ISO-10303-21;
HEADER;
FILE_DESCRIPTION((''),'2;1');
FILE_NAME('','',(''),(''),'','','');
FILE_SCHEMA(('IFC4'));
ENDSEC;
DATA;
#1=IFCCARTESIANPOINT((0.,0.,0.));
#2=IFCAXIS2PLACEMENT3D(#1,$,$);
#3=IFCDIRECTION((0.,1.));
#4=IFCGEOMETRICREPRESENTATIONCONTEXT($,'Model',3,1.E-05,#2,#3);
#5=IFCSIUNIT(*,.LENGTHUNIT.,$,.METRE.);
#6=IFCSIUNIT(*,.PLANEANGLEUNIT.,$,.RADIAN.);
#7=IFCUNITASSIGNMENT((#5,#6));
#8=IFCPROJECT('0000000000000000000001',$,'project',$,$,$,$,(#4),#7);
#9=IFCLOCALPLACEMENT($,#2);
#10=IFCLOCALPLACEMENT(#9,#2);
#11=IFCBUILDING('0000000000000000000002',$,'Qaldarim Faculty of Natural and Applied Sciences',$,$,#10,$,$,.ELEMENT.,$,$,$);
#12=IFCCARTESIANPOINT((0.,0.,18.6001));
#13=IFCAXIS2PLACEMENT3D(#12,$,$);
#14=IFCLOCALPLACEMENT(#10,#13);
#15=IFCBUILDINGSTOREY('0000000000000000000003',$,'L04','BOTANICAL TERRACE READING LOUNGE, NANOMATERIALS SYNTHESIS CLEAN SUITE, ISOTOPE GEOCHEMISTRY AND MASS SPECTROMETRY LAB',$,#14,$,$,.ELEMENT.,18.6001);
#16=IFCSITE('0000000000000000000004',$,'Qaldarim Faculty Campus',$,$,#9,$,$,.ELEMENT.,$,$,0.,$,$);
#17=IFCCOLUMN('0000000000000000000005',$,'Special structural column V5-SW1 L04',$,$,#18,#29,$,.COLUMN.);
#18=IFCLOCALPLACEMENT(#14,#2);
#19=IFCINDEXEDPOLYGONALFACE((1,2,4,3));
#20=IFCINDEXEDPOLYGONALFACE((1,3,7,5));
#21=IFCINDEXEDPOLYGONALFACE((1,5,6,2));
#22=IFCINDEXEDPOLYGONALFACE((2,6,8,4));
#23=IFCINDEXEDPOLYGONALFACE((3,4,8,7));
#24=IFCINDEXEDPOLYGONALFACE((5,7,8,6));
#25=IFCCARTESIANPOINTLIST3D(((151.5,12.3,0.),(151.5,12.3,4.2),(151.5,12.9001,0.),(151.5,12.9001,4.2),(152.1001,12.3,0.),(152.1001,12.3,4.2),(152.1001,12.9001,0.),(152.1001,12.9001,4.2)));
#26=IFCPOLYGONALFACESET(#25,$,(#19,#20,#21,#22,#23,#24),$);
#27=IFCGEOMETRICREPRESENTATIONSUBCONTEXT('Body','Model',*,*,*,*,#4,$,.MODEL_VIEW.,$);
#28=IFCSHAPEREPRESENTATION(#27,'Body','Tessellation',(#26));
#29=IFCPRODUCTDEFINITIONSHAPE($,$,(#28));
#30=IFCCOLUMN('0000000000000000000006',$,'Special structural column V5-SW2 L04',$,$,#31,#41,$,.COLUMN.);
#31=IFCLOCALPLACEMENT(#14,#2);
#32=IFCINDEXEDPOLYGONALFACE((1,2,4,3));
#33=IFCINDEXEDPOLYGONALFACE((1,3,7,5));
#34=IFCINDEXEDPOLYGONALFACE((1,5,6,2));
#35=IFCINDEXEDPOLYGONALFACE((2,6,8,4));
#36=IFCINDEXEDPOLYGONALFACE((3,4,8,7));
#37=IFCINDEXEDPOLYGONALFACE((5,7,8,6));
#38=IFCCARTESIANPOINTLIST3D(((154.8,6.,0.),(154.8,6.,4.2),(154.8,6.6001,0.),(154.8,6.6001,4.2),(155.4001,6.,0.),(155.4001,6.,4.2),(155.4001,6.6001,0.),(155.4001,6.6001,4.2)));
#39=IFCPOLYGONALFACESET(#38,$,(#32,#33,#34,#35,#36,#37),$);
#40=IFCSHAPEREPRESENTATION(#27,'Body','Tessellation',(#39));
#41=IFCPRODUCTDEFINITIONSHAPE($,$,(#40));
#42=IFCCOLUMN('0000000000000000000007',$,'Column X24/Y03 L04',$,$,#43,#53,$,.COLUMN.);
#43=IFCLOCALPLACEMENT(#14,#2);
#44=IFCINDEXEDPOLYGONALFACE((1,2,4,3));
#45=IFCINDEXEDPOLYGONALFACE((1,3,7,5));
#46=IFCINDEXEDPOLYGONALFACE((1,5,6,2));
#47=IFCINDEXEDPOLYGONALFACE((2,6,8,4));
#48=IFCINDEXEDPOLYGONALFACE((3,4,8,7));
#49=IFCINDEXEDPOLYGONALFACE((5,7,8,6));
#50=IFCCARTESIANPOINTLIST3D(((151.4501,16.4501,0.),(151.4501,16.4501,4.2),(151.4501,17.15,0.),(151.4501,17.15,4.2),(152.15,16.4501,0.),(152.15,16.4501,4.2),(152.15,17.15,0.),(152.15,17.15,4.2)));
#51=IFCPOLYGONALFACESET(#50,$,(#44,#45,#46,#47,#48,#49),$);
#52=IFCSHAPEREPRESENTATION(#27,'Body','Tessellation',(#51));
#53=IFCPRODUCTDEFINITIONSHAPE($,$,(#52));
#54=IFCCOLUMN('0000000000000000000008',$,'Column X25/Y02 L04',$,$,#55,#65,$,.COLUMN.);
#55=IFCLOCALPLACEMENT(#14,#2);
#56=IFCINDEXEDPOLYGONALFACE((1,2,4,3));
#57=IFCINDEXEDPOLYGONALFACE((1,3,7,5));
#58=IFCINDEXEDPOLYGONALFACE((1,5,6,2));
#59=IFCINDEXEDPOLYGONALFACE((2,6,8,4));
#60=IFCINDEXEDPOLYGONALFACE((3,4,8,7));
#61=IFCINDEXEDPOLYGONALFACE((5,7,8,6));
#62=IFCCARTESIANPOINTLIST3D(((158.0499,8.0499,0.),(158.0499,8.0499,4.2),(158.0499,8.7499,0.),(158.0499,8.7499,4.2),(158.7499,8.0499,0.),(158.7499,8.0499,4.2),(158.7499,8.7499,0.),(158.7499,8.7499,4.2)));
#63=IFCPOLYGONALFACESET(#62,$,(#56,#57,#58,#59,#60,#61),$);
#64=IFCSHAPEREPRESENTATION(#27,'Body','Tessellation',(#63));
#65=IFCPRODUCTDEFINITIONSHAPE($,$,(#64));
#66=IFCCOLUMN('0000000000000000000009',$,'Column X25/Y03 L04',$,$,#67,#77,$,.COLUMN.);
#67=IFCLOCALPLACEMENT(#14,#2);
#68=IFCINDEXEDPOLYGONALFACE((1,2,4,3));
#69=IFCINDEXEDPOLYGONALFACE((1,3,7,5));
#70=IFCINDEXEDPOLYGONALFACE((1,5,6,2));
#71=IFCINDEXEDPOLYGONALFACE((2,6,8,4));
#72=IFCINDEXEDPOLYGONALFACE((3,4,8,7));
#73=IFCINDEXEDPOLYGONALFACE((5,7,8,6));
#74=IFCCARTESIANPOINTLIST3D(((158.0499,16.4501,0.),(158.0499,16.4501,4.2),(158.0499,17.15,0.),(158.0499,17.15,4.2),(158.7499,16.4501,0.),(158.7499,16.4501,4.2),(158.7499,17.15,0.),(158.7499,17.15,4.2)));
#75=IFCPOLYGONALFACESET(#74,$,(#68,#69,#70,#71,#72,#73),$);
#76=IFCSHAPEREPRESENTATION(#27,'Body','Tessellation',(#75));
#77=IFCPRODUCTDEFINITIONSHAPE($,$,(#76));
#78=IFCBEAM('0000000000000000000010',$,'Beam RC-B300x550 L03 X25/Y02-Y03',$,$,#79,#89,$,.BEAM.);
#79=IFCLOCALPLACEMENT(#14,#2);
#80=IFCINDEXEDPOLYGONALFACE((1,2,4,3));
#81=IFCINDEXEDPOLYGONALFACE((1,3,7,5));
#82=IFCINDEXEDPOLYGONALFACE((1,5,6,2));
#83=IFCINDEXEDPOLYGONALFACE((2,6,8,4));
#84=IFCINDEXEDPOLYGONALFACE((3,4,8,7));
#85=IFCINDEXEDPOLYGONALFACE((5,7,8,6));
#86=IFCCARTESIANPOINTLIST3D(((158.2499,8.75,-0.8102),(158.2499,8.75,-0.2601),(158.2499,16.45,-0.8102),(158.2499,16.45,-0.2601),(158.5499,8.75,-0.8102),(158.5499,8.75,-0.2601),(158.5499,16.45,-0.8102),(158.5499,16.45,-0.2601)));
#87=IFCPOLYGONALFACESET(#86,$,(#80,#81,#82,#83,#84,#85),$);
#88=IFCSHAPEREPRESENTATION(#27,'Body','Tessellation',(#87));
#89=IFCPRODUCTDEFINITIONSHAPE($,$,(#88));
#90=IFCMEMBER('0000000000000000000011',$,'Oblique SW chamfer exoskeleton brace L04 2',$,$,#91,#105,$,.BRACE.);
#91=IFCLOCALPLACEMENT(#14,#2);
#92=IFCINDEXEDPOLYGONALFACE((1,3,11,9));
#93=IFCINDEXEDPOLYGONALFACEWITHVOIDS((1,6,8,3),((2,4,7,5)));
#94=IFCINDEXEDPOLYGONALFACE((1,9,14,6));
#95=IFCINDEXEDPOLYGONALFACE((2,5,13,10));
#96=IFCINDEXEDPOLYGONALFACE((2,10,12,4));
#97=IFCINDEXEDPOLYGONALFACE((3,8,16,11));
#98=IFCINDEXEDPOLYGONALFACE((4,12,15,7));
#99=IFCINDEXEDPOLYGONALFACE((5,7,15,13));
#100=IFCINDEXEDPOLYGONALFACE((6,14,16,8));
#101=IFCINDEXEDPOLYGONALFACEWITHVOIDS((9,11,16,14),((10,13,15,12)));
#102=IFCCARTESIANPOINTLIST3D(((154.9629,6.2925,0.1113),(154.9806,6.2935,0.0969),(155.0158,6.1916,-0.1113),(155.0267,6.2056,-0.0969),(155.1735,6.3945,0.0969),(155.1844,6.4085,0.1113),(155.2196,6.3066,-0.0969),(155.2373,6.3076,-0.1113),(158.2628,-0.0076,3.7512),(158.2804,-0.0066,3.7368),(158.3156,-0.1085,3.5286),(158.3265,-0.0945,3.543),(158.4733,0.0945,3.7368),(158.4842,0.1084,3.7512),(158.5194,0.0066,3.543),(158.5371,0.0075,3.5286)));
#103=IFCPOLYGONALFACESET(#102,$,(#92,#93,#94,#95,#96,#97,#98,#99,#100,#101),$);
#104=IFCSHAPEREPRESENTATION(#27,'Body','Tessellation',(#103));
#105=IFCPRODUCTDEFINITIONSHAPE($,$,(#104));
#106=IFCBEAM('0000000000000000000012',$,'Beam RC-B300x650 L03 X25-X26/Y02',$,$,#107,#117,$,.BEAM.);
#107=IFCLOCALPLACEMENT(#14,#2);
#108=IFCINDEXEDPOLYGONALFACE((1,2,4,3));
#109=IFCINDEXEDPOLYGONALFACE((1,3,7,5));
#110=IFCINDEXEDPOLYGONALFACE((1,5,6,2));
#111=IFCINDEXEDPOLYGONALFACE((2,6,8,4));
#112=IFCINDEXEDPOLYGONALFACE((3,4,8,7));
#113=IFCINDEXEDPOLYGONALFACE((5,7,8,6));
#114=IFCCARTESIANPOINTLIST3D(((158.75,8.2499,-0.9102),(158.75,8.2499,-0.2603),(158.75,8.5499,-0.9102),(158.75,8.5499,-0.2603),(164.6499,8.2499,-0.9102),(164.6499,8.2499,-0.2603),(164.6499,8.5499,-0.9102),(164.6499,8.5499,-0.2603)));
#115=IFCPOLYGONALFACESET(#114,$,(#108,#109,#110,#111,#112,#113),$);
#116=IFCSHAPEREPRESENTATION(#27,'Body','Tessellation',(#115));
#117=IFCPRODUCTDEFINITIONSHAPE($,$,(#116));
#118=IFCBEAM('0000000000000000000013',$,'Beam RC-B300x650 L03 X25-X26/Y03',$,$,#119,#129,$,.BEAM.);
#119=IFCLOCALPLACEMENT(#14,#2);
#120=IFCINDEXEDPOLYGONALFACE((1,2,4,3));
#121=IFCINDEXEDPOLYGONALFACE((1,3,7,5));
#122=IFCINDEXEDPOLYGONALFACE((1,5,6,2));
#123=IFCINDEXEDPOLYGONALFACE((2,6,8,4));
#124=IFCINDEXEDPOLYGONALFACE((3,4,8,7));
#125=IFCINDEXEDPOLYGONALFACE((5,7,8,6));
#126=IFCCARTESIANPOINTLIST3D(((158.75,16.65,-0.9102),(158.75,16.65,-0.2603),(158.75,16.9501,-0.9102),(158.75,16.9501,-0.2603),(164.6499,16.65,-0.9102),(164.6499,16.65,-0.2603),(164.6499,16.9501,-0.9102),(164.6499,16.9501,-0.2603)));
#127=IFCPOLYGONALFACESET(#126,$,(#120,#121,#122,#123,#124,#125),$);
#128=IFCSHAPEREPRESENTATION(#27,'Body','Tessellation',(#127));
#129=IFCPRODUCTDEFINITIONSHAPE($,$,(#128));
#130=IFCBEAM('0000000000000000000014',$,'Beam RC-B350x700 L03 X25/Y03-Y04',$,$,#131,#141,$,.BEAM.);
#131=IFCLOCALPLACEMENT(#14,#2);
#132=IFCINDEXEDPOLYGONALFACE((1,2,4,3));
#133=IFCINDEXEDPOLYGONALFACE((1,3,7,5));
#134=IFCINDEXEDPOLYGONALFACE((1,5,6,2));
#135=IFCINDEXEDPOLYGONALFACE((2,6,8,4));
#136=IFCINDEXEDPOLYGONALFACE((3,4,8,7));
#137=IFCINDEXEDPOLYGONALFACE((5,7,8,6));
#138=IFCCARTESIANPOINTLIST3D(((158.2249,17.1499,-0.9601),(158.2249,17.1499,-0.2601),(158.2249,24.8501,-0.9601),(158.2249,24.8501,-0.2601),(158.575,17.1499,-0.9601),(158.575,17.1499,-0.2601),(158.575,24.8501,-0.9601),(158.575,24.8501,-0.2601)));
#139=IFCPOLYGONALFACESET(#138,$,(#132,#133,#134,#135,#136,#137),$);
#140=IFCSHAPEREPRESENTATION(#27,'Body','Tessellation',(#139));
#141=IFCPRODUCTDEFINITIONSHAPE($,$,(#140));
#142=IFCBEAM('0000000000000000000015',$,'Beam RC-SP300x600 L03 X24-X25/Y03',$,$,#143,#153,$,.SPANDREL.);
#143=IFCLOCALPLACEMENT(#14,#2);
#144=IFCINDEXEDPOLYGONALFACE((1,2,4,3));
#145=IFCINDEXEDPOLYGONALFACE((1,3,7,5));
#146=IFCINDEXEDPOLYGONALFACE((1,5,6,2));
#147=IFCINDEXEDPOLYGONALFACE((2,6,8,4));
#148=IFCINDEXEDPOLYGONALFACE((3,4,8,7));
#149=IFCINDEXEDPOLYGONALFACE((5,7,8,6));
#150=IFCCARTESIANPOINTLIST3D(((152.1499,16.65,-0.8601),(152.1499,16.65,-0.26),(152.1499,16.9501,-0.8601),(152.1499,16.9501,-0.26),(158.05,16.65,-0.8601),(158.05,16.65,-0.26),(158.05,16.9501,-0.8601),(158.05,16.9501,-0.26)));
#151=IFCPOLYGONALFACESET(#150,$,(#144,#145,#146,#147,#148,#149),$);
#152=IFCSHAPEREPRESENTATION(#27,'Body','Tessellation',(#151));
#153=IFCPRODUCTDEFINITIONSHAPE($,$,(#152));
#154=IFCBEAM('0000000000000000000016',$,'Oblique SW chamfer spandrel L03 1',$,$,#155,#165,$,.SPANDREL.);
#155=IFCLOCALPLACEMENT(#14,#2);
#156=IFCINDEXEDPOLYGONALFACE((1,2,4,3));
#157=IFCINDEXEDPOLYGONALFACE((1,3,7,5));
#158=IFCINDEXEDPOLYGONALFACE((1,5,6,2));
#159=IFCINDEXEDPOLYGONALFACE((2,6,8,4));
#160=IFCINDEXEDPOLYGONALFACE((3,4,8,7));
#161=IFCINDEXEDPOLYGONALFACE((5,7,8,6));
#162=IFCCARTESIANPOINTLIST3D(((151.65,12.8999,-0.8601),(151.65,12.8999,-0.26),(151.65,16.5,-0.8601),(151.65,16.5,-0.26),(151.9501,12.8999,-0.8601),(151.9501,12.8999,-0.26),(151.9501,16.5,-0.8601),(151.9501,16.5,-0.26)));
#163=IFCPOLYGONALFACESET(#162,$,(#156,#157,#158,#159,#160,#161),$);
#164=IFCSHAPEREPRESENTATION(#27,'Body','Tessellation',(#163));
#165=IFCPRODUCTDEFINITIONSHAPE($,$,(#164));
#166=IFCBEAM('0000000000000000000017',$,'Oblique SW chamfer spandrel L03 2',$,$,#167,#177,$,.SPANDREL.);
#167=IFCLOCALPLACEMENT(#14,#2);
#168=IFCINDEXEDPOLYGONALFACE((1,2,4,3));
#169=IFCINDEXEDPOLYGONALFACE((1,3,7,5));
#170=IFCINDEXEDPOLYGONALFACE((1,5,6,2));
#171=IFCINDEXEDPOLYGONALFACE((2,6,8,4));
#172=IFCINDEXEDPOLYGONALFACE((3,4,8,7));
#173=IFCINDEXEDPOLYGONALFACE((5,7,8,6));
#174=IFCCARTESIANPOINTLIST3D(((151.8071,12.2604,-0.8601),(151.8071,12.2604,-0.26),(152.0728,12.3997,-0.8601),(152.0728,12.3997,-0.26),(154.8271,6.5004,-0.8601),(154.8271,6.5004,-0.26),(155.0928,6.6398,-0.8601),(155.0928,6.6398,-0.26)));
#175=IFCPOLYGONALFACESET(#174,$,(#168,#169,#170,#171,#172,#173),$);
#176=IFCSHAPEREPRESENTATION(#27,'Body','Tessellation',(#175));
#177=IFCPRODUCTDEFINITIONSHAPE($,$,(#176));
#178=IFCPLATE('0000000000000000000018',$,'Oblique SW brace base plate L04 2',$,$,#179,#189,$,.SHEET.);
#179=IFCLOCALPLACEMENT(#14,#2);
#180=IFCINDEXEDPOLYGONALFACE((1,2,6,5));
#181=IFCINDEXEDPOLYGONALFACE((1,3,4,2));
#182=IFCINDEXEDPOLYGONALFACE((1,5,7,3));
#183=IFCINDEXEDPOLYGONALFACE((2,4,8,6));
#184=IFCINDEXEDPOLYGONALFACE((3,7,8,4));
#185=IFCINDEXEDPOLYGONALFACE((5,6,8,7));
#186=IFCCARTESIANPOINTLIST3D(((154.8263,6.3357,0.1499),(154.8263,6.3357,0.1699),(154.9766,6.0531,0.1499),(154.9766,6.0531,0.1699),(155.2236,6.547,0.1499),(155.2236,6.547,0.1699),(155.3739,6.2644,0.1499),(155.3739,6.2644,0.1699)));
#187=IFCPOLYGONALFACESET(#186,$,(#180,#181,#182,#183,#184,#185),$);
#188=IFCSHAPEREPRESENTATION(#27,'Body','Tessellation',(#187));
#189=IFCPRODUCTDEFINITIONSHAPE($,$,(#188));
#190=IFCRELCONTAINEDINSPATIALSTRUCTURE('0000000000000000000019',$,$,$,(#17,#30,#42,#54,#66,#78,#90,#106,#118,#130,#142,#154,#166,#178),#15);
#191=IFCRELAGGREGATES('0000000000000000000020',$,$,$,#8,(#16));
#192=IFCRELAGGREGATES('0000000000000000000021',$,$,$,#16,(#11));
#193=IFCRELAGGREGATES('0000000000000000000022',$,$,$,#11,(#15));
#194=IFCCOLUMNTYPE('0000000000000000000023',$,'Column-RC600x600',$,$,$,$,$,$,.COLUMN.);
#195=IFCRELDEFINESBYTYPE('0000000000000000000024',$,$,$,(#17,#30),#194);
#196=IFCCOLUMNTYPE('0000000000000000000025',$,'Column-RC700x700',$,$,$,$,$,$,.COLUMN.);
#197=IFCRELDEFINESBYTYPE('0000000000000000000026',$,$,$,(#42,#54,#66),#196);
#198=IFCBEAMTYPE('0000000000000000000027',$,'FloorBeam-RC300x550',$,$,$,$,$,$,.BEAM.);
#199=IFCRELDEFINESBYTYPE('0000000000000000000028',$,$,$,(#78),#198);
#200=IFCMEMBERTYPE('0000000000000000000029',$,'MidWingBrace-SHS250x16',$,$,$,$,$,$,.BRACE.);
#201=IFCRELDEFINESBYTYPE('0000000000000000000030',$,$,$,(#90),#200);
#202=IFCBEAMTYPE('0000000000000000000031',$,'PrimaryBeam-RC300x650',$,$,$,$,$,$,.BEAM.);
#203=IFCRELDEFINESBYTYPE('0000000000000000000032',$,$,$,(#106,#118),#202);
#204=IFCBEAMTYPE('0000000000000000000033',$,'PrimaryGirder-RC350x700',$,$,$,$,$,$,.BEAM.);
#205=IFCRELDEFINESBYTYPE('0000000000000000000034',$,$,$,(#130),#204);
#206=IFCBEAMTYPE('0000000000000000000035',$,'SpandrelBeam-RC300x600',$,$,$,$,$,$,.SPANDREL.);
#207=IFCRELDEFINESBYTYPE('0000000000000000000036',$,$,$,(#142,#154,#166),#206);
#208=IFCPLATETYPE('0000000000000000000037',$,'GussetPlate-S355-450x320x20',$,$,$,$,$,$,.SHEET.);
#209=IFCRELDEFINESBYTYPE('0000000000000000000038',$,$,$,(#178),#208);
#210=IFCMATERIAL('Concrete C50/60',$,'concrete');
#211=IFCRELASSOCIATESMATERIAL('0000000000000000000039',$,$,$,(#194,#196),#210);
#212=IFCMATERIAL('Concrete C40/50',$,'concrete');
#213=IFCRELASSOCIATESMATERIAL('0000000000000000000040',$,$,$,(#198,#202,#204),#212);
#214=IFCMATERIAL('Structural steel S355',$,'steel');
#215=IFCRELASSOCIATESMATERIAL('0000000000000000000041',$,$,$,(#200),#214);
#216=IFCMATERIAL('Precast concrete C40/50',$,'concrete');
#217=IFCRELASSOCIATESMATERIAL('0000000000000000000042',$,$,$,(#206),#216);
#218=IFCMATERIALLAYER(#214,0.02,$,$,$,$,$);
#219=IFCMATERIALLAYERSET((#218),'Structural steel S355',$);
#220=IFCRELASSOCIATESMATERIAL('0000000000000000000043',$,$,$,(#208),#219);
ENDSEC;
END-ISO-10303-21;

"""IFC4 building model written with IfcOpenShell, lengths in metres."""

from ifc_helpers import new_model, si_unit, direction, frame, origin, origin_2d, place, context, subcontext, project, spatial, rectangle, hollow_rectangle, extrude, material, layer, layer_set, material_profile, profile_set, type_object, element, save


model = new_model("IFC4")

# Units and contexts
model_context = context("Model", 3, precision=1e-05, world=origin(), true_north=direction((0.0, 1.0)))
body_context = subcontext(model_context, "Body", "Model", "MODEL_VIEW")
ifc_project = project(units=[si_unit("LENGTHUNIT", "METRE"), si_unit("PLANEANGLEUNIT", "RADIAN")], contexts=[model_context])

# Site, building, storey
site_placement = place(None, origin())
site = spatial("IfcSite", under=ifc_project, at=site_placement, Name="Qaldarim Faculty Campus", CompositionType="ELEMENT", RefElevation=0.0)
building_placement = place(site_placement, origin())
building = spatial("IfcBuilding", under=site, at=building_placement, Name="Qaldarim Faculty of Natural and Applied Sciences", CompositionType="ELEMENT")
storey_placement = place(building_placement, frame((0.0, 0.0, 18.6001)))
storey = spatial("IfcBuildingStorey", under=building, at=storey_placement, Name="L04", Description="BOTANICAL TERRACE READING LOUNGE, NANOMATERIALS SYNTHESIS CLEAN SUITE, ISOTOPE GEOCHEMISTRY AND MASS SPECTROMETRY LAB", CompositionType="ELEMENT", Elevation=18.6001)

# Columns
ifc_material_1 = material(Name="Concrete C50/60", Category="concrete")
ifc_material_profile_1 = material_profile(ifc_material_1, rectangle(XDim=0.6001, YDim=0.6001, at=origin_2d()), Name="RC-C600x600")
ifc_profile_set_1 = profile_set([ifc_material_profile_1], Name="Concrete C50/60")
column_type_1 = type_object("IfcColumnType", Name="Column-RC600x600", PredefinedType="COLUMN", material=ifc_profile_set_1)
for number, where, z_axis, x_axis, name in (
    (1, (151.8, 12.6001, 0.0), (0.0, 0.0, 1.0), (1.0, 0.0, 0.0), "Special structural column V5-SW1 L04"),
    (2, (155.1001, 6.3, 0.0), (0.0, 0.0, 1.0), (1.0, 0.0, 0.0), "Special structural column V5-SW2 L04"),
):
    element("IfcColumn", number, at=place(storey_placement, frame(where, z_axis=z_axis, x_axis=x_axis)), inside=storey, type_object=column_type_1, Name=name, PredefinedType="COLUMN", context=body_context, shape_type="SweptSolid", body=[
        extrude(rectangle(XDim=0.6001, YDim=0.6001, at=origin_2d()), origin(), (0.0, 0.0, 1.0), 4.2),
    ])
ifc_material_profile_2 = material_profile(ifc_material_1, rectangle(XDim=0.7, YDim=0.7, at=origin_2d()), Name="RC-C700x700")
ifc_profile_set_2 = profile_set([ifc_material_profile_2], Name="Concrete C50/60")
column_type_2 = type_object("IfcColumnType", Name="Column-RC700x700", PredefinedType="COLUMN", material=ifc_profile_set_2)
for number, where, z_axis, x_axis, name in (
    (3, (151.8, 16.8, 0.0), (0.0, 0.0, 1.0), (1.0, 0.0, 0.0), "Column X24/Y03 L04"),
    (4, (158.3999, 8.3999, 0.0), (0.0, 0.0, 1.0), (1.0, 0.0, 0.0), "Column X25/Y02 L04"),
    (5, (158.3999, 16.8, 0.0), (0.0, 0.0, 1.0), (1.0, 0.0, 0.0), "Column X25/Y03 L04"),
):
    element("IfcColumn", number, at=place(storey_placement, frame(where, z_axis=z_axis, x_axis=x_axis)), inside=storey, type_object=column_type_2, Name=name, PredefinedType="COLUMN", context=body_context, shape_type="SweptSolid", body=[
        extrude(rectangle(XDim=0.7, YDim=0.7, at=origin_2d()), origin(), (0.0, 0.0, 1.0), 4.2),
    ])

# Beam
ifc_material_2 = material(Name="Concrete C40/50", Category="concrete")
ifc_material_profile_3 = material_profile(ifc_material_2, rectangle(XDim=0.3, YDim=0.55, at=origin_2d()), Name="RC-B300x550")
ifc_profile_set_3 = profile_set([ifc_material_profile_3], Name="Concrete C40/50")
beam_type_1 = type_object("IfcBeamType", Name="FloorBeam-RC300x550", PredefinedType="BEAM", material=ifc_profile_set_3)
beam_1_placement = place(storey_placement, frame((158.3999, 8.75, -0.5352), z_axis=(0.0, 1.0, 0.0), x_axis=(-1.0, 0.0, 0.0)))
element("IfcBeam", 6, at=beam_1_placement, inside=storey, type_object=beam_type_1, Name="Beam RC-B300x550 L03 X25/Y02-Y03", PredefinedType="BEAM", context=body_context, shape_type="SweptSolid", body=[
    extrude(rectangle(XDim=0.3, YDim=0.55, at=origin_2d()), origin(), (0.0, 0.0, 1.0), 7.7),
])

# Member
ifc_material_3 = material(Name="Structural steel S355", Category="steel")
ifc_material_profile_4 = material_profile(ifc_material_3, hollow_rectangle(XDim=0.25, YDim=0.25, WallThickness=0.0161, at=origin_2d()), Name="SHS 250x250x16.0")
ifc_profile_set_4 = profile_set([ifc_material_profile_4], Name="Structural steel S355")
member_type = type_object("IfcMemberType", Name="MidWingBrace-SHS250x16", PredefinedType="BRACE", material=ifc_profile_set_4)
member_placement = place(storey_placement, frame((155.1001, 6.3, 0.0), z_axis=(0.413031, -0.788566, 0.455599), x_axis=(0.885844, 0.463983, 0.0)))
element("IfcMember", 7, at=member_placement, inside=storey, type_object=member_type, Name="Oblique SW chamfer exoskeleton brace L04 2", PredefinedType="BRACE", context=body_context, shape_type="SweptSolid", body=[
    extrude(hollow_rectangle(XDim=0.25, YDim=0.25, WallThickness=0.0161, at=origin_2d()), origin(), (0.0, 0.0, 1.0), 7.9893),
])

# Beams
ifc_material_profile_5 = material_profile(ifc_material_2, rectangle(XDim=0.3, YDim=0.6499, at=origin_2d()), Name="RC-B300x650")
ifc_profile_set_5 = profile_set([ifc_material_profile_5], Name="Concrete C40/50")
beam_type_2 = type_object("IfcBeamType", Name="PrimaryBeam-RC300x650", PredefinedType="BEAM", material=ifc_profile_set_5)
for number, where, z_axis, x_axis, name in (
    (8, (158.75, 8.3999, -0.5852), (1.0, 0.0, 0.0), (0.0, 1.0, 0.0), "Beam RC-B300x650 L03 X25-X26/Y02"),
    (9, (158.75, 16.8, -0.5852), (1.0, 0.0, 0.0), (0.0, 1.0, 0.0), "Beam RC-B300x650 L03 X25-X26/Y03"),
):
    element("IfcBeam", number, at=place(storey_placement, frame(where, z_axis=z_axis, x_axis=x_axis)), inside=storey, type_object=beam_type_2, Name=name, PredefinedType="BEAM", context=body_context, shape_type="SweptSolid", body=[
        extrude(rectangle(XDim=0.3, YDim=0.6499, at=origin_2d()), origin(), (0.0, 0.0, 1.0), 5.8999),
    ])
ifc_material_profile_6 = material_profile(ifc_material_2, rectangle(XDim=0.3501, YDim=0.7, at=origin_2d()), Name="RC-B350x700")
ifc_profile_set_6 = profile_set([ifc_material_profile_6], Name="Concrete C40/50")
beam_type_3 = type_object("IfcBeamType", Name="PrimaryGirder-RC350x700", PredefinedType="BEAM", material=ifc_profile_set_6)
beam_2_placement = place(storey_placement, frame((158.3999, 17.1499, -0.6101), z_axis=(0.0, 1.0, 0.0), x_axis=(-1.0, 0.0, 0.0)))
element("IfcBeam", 10, at=beam_2_placement, inside=storey, type_object=beam_type_3, Name="Beam RC-B350x700 L03 X25/Y03-Y04", PredefinedType="BEAM", context=body_context, shape_type="SweptSolid", body=[
    extrude(rectangle(XDim=0.3501, YDim=0.7, at=origin_2d()), origin(), (0.0, 0.0, 1.0), 7.7002),
])
ifc_material_4 = material(Name="Precast concrete C40/50", Category="concrete")
ifc_material_profile_7 = material_profile(ifc_material_4, rectangle(XDim=0.3, YDim=0.6001, at=origin_2d()), Name="RC-SP300x600")
ifc_profile_set_7 = profile_set([ifc_material_profile_7], Name="Precast concrete C40/50")
beam_type_4 = type_object("IfcBeamType", Name="SpandrelBeam-RC300x600", PredefinedType="SPANDREL", material=ifc_profile_set_7)
beam_3_placement = place(storey_placement, frame((152.1499, 16.8, -0.5601), z_axis=(1.0, 0.0, 0.0), x_axis=(0.0, 1.0, 0.0)))
element("IfcBeam", 11, at=beam_3_placement, inside=storey, type_object=beam_type_4, Name="Beam RC-SP300x600 L03 X24-X25/Y03", PredefinedType="SPANDREL", context=body_context, shape_type="SweptSolid", body=[
    extrude(rectangle(XDim=0.3, YDim=0.6001, at=origin_2d()), origin(), (0.0, 0.0, 1.0), 5.9001),
])
beam_4_placement = place(storey_placement, frame((151.8, 16.5, -0.5601), z_axis=(0.0, -1.0, 0.0), x_axis=(1.0, 0.0, 0.0)))
element("IfcBeam", 12, at=beam_4_placement, inside=storey, type_object=beam_type_4, Name="Oblique SW chamfer spandrel L03 1", PredefinedType="SPANDREL", context=body_context, shape_type="SweptSolid", body=[
    extrude(rectangle(XDim=0.3, YDim=0.6001, at=origin_2d()), origin(), (0.0, 0.0, 1.0), 3.6001),
])
beam_5_placement = place(storey_placement, frame((151.9399, 12.3301, -0.5601), z_axis=(0.464353, -0.88565, 0.0), x_axis=(0.88565, 0.464353, 0.0)))
element("IfcBeam", 13, at=beam_5_placement, inside=storey, type_object=beam_type_4, Name="Oblique SW chamfer spandrel L03 2", PredefinedType="SPANDREL", context=body_context, shape_type="SweptSolid", body=[
    extrude(rectangle(XDim=0.3, YDim=0.6001, at=origin_2d()), origin(), (0.0, 0.0, 1.0), 6.5037),
])

# Plate
ifc_layer_1 = layer(ifc_material_3, 0.02)
ifc_layer_set_1 = layer_set([ifc_layer_1], Name="Structural steel S355")
plate_type = type_object("IfcPlateType", Name="GussetPlate-S355-450x320x20", PredefinedType="SHEET", material=ifc_layer_set_1)
plate_placement = place(storey_placement, frame((155.1001, 6.3, 0.1499), z_axis=(0.0, 0.0, 1.0), x_axis=(0.882948, 0.469472, 0.0)))
element("IfcPlate", 14, at=plate_placement, inside=storey, type_object=plate_type, Name="Oblique SW brace base plate L04 2", PredefinedType="SHEET", context=body_context, shape_type="SweptSolid", body=[
    extrude(rectangle(XDim=0.45, YDim=0.3201, at=origin_2d()), origin(), (0.0, 0.0, 1.0), 0.02),
])

save(model, "model.ifc")
